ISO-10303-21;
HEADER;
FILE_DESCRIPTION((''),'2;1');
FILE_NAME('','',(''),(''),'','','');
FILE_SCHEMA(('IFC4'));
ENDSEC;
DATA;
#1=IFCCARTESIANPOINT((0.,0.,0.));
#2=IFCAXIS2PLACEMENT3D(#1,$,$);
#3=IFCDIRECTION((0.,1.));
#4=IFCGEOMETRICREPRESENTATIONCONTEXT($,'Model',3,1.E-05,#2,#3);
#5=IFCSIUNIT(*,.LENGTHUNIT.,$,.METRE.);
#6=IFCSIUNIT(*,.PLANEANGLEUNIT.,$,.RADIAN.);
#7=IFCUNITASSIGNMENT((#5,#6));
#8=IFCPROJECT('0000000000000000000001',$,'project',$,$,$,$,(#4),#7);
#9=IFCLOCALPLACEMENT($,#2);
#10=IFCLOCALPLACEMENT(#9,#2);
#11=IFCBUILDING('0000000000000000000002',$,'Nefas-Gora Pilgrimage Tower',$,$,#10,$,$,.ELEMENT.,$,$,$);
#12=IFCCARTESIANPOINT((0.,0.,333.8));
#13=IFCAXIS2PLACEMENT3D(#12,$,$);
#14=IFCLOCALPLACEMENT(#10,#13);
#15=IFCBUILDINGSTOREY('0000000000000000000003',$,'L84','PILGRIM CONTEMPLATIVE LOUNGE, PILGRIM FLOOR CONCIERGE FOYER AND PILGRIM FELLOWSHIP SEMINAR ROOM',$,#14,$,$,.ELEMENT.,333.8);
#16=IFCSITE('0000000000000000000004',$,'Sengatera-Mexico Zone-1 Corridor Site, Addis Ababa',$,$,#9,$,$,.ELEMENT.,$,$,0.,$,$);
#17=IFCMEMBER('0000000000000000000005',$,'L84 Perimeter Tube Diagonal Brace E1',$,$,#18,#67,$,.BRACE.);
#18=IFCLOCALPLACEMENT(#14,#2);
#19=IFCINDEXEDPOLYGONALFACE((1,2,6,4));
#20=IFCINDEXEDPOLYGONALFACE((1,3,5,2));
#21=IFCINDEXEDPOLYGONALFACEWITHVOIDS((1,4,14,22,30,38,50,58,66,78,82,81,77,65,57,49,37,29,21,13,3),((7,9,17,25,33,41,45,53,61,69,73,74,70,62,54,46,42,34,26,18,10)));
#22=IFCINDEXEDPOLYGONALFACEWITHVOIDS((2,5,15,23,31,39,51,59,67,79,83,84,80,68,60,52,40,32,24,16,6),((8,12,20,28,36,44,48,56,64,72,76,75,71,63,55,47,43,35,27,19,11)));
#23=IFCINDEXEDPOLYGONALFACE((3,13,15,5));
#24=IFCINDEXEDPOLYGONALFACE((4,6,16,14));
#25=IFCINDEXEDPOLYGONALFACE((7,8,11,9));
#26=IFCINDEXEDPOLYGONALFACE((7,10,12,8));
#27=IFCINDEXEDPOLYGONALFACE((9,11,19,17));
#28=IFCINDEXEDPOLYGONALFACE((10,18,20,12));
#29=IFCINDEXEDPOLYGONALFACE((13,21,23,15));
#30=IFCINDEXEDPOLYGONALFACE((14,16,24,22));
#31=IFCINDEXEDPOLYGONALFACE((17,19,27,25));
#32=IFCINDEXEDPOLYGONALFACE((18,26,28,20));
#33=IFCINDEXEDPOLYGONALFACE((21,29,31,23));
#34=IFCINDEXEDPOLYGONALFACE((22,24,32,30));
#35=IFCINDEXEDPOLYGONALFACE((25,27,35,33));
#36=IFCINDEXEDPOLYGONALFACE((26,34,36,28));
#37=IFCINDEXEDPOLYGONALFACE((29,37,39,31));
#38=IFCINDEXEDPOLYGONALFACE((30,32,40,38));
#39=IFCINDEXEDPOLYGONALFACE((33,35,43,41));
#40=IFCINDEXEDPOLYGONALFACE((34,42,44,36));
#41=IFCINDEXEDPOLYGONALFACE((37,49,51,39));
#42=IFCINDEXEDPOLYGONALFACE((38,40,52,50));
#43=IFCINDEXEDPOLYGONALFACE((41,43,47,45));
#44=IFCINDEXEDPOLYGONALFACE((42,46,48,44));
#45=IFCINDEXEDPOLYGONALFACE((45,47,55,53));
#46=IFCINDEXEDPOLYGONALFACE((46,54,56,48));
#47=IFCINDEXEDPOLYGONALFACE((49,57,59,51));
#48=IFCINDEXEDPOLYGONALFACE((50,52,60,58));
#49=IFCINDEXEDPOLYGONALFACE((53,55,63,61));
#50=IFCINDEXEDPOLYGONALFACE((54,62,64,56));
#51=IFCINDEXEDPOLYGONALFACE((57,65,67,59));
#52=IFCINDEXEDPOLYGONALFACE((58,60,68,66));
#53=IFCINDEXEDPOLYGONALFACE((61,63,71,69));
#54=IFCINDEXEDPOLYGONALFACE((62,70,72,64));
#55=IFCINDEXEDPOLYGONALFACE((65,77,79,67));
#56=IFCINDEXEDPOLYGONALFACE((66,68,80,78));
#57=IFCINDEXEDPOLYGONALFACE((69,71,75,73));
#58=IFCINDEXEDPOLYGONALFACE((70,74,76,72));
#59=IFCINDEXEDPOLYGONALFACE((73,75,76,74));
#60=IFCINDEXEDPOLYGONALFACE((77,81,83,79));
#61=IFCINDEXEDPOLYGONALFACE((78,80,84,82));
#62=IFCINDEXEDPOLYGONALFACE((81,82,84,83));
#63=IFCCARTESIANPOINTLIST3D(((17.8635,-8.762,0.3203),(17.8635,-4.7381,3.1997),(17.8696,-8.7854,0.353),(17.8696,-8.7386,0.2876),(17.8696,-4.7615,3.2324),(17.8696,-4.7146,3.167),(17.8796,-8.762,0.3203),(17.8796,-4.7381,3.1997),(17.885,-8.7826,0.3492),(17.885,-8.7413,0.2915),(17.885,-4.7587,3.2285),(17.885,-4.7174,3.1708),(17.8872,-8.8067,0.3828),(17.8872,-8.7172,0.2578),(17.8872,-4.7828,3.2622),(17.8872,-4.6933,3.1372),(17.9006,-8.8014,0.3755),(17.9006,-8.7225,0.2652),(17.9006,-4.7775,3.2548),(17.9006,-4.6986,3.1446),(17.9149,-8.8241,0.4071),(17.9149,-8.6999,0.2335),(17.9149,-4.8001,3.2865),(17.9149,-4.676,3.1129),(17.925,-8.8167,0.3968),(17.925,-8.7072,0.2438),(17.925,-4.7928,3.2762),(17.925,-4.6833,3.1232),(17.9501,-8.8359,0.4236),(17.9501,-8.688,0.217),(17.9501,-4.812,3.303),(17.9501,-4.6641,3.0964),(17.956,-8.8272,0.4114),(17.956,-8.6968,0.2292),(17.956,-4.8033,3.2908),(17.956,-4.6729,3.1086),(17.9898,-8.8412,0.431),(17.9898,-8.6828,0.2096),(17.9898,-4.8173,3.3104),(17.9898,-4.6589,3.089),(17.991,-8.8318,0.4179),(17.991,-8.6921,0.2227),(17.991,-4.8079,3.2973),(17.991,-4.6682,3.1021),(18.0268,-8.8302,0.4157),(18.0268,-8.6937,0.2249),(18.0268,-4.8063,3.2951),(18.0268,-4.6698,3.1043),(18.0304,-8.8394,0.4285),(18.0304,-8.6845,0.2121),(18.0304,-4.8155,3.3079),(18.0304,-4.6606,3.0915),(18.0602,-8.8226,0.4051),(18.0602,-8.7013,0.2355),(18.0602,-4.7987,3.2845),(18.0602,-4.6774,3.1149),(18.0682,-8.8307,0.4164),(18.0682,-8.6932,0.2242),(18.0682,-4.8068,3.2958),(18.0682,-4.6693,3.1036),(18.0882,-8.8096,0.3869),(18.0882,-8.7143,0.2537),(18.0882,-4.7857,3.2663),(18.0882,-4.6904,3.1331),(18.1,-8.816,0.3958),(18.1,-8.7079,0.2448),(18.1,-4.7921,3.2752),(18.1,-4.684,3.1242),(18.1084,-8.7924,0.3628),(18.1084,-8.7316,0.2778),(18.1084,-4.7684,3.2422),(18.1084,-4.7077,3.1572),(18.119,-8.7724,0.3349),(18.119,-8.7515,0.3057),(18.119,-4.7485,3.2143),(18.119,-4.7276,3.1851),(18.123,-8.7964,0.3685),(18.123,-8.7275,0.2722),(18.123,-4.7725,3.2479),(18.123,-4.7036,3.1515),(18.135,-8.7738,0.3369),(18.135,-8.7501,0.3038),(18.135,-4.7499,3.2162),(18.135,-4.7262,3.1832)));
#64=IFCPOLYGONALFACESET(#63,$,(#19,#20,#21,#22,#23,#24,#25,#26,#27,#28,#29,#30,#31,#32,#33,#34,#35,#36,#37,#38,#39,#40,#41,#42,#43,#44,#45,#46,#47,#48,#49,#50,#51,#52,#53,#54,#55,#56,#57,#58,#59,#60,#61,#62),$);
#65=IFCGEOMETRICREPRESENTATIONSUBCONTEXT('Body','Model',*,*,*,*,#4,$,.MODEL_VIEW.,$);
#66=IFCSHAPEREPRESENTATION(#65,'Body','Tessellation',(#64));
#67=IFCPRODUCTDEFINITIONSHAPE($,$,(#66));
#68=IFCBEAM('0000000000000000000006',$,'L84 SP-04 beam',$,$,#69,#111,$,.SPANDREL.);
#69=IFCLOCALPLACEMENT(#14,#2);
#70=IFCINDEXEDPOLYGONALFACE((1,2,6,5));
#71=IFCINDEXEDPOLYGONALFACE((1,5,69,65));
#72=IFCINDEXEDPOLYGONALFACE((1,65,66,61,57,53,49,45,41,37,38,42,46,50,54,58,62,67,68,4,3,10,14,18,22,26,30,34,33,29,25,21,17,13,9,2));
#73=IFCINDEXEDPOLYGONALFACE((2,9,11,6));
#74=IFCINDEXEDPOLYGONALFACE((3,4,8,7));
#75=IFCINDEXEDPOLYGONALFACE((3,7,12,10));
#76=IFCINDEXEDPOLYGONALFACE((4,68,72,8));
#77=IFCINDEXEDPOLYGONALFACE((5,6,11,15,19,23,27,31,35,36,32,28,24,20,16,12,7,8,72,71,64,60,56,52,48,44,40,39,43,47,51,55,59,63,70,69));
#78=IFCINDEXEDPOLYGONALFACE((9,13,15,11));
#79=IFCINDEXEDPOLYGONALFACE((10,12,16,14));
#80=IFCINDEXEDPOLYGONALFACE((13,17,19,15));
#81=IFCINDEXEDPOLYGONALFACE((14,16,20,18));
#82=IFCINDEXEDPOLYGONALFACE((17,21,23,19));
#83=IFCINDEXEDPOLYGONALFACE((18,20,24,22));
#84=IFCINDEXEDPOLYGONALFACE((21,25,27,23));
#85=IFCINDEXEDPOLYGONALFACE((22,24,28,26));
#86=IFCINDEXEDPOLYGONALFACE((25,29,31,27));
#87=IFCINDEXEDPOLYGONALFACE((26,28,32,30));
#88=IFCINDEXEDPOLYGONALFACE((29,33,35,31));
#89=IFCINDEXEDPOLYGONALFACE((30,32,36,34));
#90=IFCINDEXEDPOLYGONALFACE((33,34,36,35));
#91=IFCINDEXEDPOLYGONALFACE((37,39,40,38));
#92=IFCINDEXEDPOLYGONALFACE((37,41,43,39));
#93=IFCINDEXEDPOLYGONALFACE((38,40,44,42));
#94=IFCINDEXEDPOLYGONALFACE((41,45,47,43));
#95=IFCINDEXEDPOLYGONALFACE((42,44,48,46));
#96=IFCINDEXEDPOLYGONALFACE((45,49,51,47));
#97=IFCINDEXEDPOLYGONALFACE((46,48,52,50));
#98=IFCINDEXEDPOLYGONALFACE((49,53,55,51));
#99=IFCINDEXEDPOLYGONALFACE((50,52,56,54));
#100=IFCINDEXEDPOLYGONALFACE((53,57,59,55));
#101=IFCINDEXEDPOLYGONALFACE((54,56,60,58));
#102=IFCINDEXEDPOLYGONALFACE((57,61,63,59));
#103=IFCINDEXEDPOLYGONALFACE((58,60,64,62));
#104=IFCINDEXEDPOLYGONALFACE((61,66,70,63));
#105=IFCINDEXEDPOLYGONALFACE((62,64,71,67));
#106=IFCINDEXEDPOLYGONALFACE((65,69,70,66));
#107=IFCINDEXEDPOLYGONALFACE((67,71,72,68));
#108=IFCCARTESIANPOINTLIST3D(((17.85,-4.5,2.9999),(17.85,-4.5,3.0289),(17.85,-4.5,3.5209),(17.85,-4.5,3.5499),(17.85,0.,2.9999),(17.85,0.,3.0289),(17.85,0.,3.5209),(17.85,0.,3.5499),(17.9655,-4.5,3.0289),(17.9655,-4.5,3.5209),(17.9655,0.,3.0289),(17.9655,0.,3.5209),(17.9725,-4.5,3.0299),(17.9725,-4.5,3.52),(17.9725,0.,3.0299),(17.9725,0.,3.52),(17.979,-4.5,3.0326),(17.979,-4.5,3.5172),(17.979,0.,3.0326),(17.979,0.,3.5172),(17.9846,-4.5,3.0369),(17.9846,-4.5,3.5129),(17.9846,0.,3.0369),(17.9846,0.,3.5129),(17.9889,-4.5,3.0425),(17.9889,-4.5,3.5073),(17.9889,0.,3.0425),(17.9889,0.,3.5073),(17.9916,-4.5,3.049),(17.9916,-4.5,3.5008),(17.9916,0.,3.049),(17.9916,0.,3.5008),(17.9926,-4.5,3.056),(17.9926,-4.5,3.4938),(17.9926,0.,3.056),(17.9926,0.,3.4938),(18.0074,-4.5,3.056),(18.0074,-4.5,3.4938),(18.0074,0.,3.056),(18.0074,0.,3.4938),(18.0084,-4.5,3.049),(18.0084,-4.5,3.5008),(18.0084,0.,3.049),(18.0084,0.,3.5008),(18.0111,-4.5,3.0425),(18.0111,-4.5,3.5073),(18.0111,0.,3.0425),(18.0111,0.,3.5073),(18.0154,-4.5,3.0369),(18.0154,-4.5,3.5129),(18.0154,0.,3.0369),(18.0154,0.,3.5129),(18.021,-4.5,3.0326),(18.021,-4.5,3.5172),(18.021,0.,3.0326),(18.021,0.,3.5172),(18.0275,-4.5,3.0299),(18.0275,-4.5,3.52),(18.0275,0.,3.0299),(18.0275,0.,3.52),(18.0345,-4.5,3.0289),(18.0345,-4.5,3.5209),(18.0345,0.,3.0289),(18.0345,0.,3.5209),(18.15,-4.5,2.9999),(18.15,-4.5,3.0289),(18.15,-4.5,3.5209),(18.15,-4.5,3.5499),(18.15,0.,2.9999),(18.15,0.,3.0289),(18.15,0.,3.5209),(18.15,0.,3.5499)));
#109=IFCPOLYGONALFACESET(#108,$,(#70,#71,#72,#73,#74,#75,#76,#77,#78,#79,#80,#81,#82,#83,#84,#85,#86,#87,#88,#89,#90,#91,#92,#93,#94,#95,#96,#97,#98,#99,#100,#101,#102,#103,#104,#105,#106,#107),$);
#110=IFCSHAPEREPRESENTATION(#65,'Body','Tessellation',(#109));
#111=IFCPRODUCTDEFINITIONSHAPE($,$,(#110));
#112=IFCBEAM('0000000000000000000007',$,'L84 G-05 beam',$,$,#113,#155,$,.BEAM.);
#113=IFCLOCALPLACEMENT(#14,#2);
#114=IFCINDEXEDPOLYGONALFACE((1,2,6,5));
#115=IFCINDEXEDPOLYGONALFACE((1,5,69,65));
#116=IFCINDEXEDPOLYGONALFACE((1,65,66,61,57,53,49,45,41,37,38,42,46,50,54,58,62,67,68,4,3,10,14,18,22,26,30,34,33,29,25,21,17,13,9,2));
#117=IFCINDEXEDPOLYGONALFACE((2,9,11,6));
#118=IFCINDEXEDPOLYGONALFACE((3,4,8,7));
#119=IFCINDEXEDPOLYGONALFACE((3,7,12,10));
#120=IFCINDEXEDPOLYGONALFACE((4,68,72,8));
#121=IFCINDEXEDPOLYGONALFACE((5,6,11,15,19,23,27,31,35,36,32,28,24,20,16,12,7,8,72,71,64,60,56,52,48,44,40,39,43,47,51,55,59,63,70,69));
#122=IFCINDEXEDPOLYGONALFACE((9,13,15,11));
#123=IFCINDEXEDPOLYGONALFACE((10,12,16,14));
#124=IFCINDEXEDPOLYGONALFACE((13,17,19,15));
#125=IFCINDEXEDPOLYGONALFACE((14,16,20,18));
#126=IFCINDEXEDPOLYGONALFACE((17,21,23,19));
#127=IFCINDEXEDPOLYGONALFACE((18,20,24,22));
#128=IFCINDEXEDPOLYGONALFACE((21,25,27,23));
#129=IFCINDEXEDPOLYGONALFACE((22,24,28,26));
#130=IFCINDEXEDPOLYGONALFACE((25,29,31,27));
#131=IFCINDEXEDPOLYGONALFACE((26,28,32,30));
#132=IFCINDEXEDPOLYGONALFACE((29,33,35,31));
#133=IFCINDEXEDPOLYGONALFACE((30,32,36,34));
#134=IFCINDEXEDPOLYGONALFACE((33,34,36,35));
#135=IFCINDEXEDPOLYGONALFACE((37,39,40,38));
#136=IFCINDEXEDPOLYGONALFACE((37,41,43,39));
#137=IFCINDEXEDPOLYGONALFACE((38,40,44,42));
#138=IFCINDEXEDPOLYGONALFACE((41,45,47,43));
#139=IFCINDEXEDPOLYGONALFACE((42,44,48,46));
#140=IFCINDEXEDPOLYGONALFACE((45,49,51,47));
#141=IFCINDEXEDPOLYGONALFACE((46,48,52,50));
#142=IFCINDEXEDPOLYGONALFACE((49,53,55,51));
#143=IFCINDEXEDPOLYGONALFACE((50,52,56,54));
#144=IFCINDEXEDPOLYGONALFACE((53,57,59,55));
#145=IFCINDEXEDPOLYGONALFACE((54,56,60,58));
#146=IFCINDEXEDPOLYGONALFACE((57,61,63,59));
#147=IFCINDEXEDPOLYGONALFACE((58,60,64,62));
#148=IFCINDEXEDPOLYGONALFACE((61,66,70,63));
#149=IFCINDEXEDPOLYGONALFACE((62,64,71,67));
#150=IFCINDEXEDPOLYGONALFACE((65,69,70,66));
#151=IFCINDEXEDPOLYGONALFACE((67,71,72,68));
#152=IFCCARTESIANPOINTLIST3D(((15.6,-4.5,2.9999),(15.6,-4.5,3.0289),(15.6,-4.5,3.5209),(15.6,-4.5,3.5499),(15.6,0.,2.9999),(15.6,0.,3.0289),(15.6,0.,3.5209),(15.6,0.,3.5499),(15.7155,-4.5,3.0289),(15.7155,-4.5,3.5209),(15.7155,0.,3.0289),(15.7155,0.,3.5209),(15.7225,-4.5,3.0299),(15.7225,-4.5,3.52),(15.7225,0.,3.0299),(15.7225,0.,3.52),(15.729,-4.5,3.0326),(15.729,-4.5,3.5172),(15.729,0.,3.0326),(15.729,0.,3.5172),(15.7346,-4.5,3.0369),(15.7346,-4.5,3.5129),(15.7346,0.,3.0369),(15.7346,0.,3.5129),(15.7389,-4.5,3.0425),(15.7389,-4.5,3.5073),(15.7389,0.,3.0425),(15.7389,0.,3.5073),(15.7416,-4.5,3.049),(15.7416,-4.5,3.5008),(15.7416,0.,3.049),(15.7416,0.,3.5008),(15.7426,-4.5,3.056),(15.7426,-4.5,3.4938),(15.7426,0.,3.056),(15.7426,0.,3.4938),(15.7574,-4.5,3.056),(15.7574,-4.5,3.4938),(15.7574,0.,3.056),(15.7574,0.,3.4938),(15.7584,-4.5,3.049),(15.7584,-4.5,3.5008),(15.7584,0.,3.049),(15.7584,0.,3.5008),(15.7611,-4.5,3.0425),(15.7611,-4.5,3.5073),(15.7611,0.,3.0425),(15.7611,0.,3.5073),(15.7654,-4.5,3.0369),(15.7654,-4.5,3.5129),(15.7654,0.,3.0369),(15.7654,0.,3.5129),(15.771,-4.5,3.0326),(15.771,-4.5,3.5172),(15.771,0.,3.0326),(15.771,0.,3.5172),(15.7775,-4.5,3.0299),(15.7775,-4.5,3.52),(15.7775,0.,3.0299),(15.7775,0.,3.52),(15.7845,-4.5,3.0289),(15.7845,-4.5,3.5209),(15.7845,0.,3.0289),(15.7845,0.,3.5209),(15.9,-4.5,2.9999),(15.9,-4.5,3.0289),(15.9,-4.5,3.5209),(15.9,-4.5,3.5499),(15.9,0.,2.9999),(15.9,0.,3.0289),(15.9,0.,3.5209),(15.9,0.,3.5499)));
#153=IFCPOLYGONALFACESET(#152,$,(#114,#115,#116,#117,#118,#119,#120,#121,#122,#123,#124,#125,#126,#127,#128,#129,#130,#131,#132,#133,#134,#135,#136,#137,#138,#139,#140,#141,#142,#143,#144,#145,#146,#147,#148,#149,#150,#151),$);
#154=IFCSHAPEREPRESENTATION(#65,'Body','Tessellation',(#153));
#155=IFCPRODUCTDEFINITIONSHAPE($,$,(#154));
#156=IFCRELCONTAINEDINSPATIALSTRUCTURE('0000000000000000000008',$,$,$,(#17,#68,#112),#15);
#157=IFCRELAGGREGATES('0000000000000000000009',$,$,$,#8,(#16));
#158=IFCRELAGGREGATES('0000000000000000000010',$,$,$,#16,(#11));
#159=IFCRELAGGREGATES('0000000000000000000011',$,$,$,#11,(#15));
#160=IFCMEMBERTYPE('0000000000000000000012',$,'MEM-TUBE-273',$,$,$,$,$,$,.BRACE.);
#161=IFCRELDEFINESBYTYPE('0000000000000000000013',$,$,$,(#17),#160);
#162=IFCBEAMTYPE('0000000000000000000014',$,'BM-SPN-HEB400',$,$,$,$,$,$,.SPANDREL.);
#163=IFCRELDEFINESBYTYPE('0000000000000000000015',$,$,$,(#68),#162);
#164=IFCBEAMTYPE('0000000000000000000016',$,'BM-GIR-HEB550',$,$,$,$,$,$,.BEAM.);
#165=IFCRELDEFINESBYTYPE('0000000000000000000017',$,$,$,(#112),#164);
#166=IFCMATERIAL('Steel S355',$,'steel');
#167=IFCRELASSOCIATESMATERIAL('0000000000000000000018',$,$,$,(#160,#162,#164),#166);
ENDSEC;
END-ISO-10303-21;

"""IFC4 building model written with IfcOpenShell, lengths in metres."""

from ifc_helpers import new_model, si_unit, direction, frame, origin, origin_2d, place, context, subcontext, project, spatial, hollow_circle, i_section, extrude, source, transform, mapped, material, material_profile, profile_set, type_object, element, save


model = new_model("IFC4")

# Units and contexts
model_context = context("Model", 3, precision=1e-05, world=origin(), true_north=direction((0.0, 1.0)))
body_context = subcontext(model_context, "Body", "Model", "MODEL_VIEW")
ifc_project = project(units=[si_unit("LENGTHUNIT", "METRE"), si_unit("PLANEANGLEUNIT", "RADIAN")], contexts=[model_context])

# Site, building, storey
site_placement = place(None, origin())
site = spatial("IfcSite", under=ifc_project, at=site_placement, Name="Sengatera-Mexico Zone-1 Corridor Site, Addis Ababa", CompositionType="ELEMENT", RefElevation=0.0)
building_placement = place(site_placement, origin())
building = spatial("IfcBuilding", under=site, at=building_placement, Name="Nefas-Gora Pilgrimage Tower", CompositionType="ELEMENT")
storey_placement = place(building_placement, frame((0.0, 0.0, 333.8)))
storey = spatial("IfcBuildingStorey", under=building, at=storey_placement, Name="L84", Description="PILGRIM CONTEMPLATIVE LOUNGE, PILGRIM FLOOR CONCIERGE FOYER AND PILGRIM FELLOWSHIP SEMINAR ROOM", CompositionType="ELEMENT", Elevation=333.8)

# Shared definitions
ifc_material_1 = material(Name="Steel S355", Category="steel")

# Member
ifc_material_profile_1 = material_profile(ifc_material_1, hollow_circle(Radius=0.1365, WallThickness=0.0161, at=origin_2d()), Name="CHS 273x16")
ifc_profile_set_1 = profile_set([ifc_material_profile_1], Name="Steel S355")
member_type_1 = type_object("IfcMemberType", Name="MEM-TUBE-273", PredefinedType="BRACE", material=ifc_profile_set_1)
shared_shape_1 = source(origin(), body_context, "Body", "SweptSolid", [
    extrude(hollow_circle(Radius=0.1365, WallThickness=0.0161, at=origin_2d()), origin(), (0.0, 0.0, 1.0), 4.948),
])
member_1_placement = place(storey_placement, frame((18.0, -8.762, 0.3203), z_axis=(0.0, 0.81324, 0.581929), x_axis=(-1.0, 0.0, 0.0)))
element("IfcMember", 1, at=member_1_placement, inside=storey, type_object=member_type_1, Name="L84 Perimeter Tube Diagonal Brace E1", PredefinedType="BRACE", context=body_context, shape_type="MappedRepresentation", body=[
    mapped(shared_shape_1, transform((0.0, 0.0, 0.0), x_axis=(1.0, 0.0, 0.0), y_axis=(0.0, 1.0, 0.0), z_axis=(0.0, 0.0, 1.0), scale=1.0)),
])

# Beams
ifc_material_profile_2 = material_profile(ifc_material_1, i_section(OverallWidth=0.3, OverallDepth=0.55, WebThickness=0.0149, FlangeThickness=0.0291, FilletRadius=0.0271, at=origin_2d()), Name="HEB 550")
ifc_profile_set_2 = profile_set([ifc_material_profile_2], Name="Steel S355")
beam_type_1 = type_object("IfcBeamType", Name="BM-SPN-HEB400", PredefinedType="SPANDREL", material=ifc_profile_set_2)
shared_shape_2 = source(origin(), body_context, "Body", "SweptSolid", [
    extrude(i_section(OverallWidth=0.3, OverallDepth=0.55, WebThickness=0.0149, FlangeThickness=0.0291, FilletRadius=0.0271, at=origin_2d()), origin(), (0.0, 0.0, 1.0), 4.5),
])
beam_1_placement = place(storey_placement, frame((18.0, -4.5, 3.2749), z_axis=(0.0, 1.0, 0.0), x_axis=(-1.0, 0.0, 0.0)))
element("IfcBeam", 2, at=beam_1_placement, inside=storey, type_object=beam_type_1, Name="L84 SP-04 beam", PredefinedType="SPANDREL", context=body_context, shape_type="MappedRepresentation", body=[
    mapped(shared_shape_2, transform((0.0, 0.0, 0.0), x_axis=(1.0, 0.0, 0.0), y_axis=(0.0, 1.0, 0.0), z_axis=(0.0, 0.0, 1.0), scale=1.0)),
])
ifc_material_profile_3 = material_profile(ifc_material_1, i_section(OverallWidth=0.3, OverallDepth=0.55, WebThickness=0.0149, FlangeThickness=0.0291, FilletRadius=0.0271, at=origin_2d()), Name="HEB 550")
ifc_profile_set_3 = profile_set([ifc_material_profile_3], Name="Steel S355")
beam_type_2 = type_object("IfcBeamType", Name="BM-GIR-HEB550", PredefinedType="BEAM", material=ifc_profile_set_3)
shared_shape_3 = source(origin(), body_context, "Body", "SweptSolid", [
    extrude(i_section(OverallWidth=0.3, OverallDepth=0.55, WebThickness=0.0149, FlangeThickness=0.0291, FilletRadius=0.0271, at=origin_2d()), origin(), (0.0, 0.0, 1.0), 4.5),
])
beam_2_placement = place(storey_placement, frame((15.75, -4.5, 3.2749), z_axis=(0.0, 1.0, 0.0), x_axis=(-1.0, 0.0, 0.0)))
element("IfcBeam", 3, at=beam_2_placement, inside=storey, type_object=beam_type_2, Name="L84 G-05 beam", PredefinedType="BEAM", context=body_context, shape_type="MappedRepresentation", body=[
    mapped(shared_shape_3, transform((0.0, 0.0, 0.0), x_axis=(1.0, 0.0, 0.0), y_axis=(0.0, 1.0, 0.0), z_axis=(0.0, 0.0, 1.0), scale=1.0)),
])

save(model, "model.ifc")
